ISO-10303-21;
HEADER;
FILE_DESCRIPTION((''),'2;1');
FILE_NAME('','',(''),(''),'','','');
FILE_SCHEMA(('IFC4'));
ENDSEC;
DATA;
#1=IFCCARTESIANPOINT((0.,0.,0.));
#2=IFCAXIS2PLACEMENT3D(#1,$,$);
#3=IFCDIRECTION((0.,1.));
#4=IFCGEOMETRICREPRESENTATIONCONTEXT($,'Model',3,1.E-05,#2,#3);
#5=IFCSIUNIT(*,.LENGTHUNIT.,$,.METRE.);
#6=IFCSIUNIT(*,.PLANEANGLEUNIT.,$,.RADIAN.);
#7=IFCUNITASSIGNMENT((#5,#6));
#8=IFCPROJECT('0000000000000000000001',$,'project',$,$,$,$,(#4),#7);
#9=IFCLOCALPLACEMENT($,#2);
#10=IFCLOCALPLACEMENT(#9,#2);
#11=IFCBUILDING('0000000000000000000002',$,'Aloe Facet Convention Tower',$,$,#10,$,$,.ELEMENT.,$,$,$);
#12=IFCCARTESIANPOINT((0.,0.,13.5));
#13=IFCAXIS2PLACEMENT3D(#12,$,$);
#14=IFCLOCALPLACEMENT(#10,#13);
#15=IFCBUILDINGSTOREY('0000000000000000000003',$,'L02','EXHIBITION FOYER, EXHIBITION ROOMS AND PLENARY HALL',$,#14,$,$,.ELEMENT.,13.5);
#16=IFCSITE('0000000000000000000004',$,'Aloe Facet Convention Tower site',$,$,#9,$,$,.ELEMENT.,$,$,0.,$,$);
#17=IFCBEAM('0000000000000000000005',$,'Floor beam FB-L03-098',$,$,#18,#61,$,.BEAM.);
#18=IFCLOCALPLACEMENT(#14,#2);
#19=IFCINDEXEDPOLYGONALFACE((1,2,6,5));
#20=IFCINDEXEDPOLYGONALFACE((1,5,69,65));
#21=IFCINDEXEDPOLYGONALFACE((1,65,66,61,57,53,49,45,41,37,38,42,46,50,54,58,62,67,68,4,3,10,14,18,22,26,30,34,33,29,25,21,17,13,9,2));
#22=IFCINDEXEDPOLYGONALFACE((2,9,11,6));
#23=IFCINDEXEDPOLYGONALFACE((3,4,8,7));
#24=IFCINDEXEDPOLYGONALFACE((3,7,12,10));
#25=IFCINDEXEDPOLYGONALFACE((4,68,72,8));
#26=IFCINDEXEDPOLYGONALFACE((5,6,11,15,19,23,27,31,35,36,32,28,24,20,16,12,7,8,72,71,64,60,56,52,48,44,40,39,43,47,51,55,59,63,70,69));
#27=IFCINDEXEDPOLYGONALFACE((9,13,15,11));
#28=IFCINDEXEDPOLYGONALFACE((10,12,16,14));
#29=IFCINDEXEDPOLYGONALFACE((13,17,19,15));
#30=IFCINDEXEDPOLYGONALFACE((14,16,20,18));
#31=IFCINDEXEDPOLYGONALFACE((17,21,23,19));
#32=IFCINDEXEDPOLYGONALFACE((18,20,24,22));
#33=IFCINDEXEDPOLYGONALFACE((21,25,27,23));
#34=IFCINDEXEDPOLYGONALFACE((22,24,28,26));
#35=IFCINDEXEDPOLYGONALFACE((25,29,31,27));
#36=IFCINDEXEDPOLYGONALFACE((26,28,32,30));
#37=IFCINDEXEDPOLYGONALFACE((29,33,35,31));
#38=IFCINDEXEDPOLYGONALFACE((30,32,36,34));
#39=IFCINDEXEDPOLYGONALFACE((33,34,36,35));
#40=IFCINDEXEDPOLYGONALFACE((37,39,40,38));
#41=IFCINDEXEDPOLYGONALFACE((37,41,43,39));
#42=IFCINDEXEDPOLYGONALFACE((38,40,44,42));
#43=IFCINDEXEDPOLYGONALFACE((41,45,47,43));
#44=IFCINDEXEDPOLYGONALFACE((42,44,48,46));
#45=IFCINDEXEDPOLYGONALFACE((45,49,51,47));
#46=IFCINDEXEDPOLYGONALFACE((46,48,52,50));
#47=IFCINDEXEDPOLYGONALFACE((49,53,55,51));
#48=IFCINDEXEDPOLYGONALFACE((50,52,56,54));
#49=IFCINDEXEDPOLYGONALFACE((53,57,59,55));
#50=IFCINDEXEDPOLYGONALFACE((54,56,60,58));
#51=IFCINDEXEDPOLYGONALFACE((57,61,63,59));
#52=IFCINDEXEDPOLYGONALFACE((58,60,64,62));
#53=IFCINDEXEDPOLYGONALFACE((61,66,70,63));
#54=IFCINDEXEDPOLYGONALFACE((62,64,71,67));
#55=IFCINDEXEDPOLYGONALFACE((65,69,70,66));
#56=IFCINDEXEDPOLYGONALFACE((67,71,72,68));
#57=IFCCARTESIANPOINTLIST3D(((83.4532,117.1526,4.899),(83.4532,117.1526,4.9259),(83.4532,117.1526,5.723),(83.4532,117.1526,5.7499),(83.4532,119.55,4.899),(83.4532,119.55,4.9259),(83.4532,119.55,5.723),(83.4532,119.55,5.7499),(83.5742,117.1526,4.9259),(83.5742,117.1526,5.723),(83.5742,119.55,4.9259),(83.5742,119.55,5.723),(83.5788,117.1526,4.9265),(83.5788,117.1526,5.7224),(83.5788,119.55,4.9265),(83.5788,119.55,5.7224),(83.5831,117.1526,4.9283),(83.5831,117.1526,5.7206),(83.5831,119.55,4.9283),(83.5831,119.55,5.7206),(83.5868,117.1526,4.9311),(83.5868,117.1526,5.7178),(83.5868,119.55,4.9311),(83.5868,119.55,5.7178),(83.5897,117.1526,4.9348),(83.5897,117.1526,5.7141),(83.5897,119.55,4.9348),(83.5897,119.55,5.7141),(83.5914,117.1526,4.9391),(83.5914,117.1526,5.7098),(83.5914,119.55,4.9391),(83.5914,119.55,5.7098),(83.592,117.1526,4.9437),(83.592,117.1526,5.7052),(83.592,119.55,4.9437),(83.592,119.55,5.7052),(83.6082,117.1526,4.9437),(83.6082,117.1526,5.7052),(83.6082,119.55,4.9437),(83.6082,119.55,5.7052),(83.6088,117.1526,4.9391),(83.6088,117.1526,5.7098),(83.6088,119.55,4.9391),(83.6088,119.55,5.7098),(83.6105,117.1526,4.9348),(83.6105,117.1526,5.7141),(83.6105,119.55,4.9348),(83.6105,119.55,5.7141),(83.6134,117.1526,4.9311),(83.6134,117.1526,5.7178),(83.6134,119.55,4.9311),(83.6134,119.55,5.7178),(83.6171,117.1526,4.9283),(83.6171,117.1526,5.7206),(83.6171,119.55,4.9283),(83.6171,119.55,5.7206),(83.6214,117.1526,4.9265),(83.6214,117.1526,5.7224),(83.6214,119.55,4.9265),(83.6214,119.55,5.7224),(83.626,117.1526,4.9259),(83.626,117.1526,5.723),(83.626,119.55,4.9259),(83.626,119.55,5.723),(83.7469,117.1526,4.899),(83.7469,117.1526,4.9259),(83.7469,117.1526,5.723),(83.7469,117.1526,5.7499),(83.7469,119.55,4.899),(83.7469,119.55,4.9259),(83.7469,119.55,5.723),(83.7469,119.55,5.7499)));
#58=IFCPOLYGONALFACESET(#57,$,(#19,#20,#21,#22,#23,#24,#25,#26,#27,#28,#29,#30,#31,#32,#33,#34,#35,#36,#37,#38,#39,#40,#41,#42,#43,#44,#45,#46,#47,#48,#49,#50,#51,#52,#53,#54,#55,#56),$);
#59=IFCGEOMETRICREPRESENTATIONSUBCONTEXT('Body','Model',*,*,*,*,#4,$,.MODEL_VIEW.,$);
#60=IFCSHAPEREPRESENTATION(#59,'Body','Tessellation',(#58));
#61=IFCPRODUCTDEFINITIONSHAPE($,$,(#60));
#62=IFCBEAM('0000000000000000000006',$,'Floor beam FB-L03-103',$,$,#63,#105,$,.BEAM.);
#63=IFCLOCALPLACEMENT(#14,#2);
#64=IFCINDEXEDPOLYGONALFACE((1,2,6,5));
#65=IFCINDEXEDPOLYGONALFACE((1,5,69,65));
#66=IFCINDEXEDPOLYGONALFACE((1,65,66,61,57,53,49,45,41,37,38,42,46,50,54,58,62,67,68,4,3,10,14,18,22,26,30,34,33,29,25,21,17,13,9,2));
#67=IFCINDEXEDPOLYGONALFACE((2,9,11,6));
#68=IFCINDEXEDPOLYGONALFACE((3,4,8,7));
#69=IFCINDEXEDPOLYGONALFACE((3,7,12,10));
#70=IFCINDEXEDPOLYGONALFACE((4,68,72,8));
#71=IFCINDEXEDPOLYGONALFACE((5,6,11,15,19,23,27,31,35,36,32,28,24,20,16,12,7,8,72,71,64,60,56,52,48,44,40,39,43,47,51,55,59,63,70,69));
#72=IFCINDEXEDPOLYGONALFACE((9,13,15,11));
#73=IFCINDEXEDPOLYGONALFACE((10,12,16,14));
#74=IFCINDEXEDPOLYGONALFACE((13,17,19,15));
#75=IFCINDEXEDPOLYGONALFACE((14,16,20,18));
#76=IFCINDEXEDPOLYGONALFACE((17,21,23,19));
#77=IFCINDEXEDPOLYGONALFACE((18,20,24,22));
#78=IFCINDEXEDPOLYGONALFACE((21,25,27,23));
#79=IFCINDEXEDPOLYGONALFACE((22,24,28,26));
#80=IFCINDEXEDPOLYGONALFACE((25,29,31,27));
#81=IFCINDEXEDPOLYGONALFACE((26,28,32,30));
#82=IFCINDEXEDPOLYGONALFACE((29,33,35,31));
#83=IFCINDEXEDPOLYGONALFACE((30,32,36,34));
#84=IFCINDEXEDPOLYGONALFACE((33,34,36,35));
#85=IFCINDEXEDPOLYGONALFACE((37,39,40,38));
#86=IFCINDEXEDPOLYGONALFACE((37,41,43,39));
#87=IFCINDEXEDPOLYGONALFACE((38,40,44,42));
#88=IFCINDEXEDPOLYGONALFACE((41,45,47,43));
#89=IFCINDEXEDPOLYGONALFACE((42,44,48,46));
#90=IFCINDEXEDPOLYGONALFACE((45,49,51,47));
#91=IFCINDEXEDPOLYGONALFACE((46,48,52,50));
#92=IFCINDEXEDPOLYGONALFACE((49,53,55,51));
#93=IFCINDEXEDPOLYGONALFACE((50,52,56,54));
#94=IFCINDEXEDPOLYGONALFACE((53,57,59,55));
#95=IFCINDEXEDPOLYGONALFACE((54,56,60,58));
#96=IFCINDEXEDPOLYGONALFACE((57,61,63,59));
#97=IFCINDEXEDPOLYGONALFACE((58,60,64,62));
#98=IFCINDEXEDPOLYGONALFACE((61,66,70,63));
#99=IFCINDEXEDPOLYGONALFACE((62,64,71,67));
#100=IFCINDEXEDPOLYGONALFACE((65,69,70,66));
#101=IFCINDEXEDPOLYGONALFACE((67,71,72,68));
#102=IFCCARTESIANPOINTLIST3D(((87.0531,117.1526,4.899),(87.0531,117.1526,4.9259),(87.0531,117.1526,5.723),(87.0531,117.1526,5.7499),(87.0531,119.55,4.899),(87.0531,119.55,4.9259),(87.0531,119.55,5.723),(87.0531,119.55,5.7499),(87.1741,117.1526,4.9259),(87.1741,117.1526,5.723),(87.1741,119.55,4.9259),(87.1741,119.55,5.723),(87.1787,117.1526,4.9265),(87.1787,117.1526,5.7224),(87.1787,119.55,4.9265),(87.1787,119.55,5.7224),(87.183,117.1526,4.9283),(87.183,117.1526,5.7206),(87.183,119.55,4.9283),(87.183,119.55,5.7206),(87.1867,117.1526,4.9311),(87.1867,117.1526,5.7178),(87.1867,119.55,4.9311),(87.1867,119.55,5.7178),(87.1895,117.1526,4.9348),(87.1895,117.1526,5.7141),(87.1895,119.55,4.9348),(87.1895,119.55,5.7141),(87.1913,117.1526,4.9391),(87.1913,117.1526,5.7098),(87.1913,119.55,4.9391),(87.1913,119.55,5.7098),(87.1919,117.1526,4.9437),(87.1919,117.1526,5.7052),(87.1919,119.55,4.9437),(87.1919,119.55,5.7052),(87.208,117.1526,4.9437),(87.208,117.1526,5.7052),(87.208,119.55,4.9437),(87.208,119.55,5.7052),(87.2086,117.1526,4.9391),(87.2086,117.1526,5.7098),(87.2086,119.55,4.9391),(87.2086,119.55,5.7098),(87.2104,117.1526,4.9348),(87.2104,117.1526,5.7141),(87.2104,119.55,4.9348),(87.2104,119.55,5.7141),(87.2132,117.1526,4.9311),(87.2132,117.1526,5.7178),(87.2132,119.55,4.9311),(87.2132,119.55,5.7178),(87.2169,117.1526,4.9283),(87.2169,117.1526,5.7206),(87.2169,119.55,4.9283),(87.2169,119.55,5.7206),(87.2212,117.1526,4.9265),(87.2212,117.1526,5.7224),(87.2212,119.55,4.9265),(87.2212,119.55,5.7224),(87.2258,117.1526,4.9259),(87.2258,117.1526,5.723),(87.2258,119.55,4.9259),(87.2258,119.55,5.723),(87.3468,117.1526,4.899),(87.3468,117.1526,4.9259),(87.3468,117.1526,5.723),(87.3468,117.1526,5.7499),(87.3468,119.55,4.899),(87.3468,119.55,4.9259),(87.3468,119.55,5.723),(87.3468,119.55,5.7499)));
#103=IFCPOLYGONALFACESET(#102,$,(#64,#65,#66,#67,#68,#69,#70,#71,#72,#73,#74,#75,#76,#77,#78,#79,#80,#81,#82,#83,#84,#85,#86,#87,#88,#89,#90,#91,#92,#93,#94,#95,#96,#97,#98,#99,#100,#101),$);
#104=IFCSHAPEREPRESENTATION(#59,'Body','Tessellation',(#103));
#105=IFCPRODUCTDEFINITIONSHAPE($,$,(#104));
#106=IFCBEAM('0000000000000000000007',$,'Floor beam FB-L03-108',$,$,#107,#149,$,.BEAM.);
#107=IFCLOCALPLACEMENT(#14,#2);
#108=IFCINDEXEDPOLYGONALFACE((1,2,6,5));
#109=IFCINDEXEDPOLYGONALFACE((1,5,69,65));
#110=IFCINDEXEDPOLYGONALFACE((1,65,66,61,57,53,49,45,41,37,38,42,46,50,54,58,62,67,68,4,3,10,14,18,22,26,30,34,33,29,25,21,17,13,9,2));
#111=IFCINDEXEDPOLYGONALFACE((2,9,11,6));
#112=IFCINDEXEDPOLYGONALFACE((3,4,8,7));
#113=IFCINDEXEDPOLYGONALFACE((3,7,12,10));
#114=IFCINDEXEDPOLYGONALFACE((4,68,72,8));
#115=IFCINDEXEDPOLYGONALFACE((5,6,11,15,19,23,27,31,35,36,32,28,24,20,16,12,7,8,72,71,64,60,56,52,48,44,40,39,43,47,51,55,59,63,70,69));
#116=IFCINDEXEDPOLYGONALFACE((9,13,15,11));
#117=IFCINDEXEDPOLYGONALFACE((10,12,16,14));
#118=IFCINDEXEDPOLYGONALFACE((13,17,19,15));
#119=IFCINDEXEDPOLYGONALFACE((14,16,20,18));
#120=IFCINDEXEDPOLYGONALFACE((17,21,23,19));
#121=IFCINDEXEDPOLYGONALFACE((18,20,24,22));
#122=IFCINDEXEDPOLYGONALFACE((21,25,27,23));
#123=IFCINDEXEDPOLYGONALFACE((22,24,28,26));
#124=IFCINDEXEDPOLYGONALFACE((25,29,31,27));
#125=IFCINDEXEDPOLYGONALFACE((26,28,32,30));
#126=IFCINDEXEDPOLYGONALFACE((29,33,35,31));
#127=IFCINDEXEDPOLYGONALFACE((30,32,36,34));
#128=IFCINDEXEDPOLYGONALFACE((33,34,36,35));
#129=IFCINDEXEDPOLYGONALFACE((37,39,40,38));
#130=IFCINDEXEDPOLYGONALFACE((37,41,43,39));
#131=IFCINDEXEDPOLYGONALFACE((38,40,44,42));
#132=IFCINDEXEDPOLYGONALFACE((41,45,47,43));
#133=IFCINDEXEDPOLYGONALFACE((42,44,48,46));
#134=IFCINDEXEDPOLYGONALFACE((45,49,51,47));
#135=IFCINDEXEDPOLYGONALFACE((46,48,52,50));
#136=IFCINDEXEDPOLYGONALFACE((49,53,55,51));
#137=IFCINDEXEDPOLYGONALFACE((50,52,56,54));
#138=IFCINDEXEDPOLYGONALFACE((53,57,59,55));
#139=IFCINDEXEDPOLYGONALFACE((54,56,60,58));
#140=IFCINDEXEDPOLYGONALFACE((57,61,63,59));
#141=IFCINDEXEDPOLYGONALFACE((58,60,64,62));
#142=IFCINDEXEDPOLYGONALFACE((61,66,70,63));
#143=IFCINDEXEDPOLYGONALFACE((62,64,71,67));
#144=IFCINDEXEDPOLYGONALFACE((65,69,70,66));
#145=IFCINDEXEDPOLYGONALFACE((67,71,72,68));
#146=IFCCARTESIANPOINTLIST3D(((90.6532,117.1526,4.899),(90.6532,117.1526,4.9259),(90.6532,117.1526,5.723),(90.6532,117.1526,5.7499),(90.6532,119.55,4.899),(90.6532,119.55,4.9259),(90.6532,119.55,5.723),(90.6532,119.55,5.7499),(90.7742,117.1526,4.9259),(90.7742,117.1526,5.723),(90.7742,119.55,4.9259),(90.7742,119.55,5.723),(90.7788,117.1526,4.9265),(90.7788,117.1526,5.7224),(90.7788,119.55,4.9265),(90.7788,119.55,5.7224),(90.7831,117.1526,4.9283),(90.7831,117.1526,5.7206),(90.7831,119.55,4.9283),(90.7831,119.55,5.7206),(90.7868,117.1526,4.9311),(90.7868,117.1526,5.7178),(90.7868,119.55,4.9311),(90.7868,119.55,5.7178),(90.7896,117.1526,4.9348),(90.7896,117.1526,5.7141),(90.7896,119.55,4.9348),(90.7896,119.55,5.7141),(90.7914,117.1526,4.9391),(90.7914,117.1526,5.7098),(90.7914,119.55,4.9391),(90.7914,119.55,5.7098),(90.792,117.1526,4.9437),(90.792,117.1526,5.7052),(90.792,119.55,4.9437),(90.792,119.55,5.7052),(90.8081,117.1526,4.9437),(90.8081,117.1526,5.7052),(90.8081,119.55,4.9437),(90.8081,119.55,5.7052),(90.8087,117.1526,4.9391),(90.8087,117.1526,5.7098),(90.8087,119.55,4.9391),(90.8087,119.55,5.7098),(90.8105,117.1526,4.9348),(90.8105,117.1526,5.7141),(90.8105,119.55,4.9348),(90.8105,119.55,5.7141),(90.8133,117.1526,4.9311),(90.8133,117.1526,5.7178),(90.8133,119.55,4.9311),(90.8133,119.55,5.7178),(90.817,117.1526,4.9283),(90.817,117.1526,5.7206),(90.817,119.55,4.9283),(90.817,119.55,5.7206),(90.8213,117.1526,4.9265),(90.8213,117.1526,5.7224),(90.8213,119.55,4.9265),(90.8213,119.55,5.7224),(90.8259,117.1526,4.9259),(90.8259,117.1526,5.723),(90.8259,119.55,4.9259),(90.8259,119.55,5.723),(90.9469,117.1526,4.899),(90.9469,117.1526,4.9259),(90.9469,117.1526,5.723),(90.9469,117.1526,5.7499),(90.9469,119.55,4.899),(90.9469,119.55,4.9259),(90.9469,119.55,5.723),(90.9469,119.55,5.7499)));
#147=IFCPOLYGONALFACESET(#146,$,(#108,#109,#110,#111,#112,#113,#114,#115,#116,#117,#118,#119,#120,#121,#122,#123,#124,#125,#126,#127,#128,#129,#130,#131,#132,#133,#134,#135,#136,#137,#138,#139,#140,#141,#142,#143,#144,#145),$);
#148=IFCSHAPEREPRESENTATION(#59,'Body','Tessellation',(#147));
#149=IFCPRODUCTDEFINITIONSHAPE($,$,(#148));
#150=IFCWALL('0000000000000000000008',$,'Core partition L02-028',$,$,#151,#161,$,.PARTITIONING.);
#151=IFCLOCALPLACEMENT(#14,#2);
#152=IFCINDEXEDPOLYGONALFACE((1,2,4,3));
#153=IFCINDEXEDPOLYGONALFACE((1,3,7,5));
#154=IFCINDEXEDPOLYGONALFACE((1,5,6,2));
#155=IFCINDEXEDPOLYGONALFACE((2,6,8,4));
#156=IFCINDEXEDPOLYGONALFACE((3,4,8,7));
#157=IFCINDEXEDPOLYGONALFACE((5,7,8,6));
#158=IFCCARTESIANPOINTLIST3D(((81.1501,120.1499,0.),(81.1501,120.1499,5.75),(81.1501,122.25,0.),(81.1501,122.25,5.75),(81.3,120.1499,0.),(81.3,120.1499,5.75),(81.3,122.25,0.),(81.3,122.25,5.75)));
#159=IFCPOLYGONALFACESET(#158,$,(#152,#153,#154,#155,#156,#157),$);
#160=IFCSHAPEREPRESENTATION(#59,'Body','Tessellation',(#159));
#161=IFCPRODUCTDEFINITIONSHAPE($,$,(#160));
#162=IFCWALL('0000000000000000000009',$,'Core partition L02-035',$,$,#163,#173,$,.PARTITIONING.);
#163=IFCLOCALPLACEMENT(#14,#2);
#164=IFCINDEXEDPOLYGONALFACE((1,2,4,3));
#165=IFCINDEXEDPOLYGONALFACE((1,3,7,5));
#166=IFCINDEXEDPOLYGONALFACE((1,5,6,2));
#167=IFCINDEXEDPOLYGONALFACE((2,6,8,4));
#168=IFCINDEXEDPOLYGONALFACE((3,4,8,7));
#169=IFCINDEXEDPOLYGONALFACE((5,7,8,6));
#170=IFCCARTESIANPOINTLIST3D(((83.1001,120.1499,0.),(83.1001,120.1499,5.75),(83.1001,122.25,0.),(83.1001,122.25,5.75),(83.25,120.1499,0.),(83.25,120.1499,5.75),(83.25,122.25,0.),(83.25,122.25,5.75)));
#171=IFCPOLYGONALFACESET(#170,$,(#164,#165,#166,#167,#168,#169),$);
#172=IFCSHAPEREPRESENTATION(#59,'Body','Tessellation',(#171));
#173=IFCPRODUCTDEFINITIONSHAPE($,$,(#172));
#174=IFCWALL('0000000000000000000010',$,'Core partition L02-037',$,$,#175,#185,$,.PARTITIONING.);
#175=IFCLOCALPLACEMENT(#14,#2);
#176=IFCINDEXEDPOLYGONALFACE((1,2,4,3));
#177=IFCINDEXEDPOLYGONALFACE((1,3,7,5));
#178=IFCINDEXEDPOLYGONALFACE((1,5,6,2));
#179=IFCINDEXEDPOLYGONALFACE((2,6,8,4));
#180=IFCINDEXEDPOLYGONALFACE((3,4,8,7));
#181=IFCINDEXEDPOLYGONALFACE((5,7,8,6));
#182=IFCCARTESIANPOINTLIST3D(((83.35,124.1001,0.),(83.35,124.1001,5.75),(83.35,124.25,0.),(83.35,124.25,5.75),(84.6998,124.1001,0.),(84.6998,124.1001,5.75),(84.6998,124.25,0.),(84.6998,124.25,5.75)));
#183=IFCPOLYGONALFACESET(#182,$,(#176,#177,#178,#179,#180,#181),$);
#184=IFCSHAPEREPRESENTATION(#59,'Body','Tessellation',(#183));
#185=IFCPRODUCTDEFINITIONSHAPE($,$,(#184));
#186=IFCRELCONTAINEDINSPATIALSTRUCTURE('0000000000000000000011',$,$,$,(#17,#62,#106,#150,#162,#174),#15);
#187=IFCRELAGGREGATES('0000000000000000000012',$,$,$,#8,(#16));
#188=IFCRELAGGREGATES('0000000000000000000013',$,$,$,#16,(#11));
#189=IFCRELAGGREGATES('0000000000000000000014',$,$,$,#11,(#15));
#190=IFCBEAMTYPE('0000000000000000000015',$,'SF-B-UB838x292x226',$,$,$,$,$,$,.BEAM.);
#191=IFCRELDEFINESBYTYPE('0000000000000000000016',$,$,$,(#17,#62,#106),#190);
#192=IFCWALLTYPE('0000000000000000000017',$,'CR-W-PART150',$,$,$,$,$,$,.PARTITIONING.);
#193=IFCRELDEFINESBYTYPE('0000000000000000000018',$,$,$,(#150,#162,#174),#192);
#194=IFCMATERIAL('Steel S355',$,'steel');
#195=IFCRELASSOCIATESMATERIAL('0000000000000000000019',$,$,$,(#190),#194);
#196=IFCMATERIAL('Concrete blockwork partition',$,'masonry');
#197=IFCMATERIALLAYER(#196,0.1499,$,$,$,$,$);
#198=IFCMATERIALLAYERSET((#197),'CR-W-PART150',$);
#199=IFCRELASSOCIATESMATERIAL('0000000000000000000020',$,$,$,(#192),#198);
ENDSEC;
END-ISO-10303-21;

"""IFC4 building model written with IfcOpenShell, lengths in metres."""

from ifc_helpers import new_model, si_unit, direction, frame, frame_2d, origin, origin_2d, place, context, subcontext, project, spatial, rectangle, i_section, extrude, material, layer, layer_set, material_profile, profile_set, type_object, element, save


model = new_model("IFC4")

# Units and contexts
model_context = context("Model", 3, precision=1e-05, world=origin(), true_north=direction((0.0, 1.0)))
body_context = subcontext(model_context, "Body", "Model", "MODEL_VIEW")
ifc_project = project(units=[si_unit("LENGTHUNIT", "METRE"), si_unit("PLANEANGLEUNIT", "RADIAN")], contexts=[model_context])

# Site, building, storey
site_placement = place(None, origin())
site = spatial("IfcSite", under=ifc_project, at=site_placement, Name="Aloe Facet Convention Tower site", CompositionType="ELEMENT", RefElevation=0.0)
building_placement = place(site_placement, origin())
building = spatial("IfcBuilding", under=site, at=building_placement, Name="Aloe Facet Convention Tower", CompositionType="ELEMENT")
storey_placement = place(building_placement, frame((0.0, 0.0, 13.5)))
storey = spatial("IfcBuildingStorey", under=building, at=storey_placement, Name="L02", Description="EXHIBITION FOYER, EXHIBITION ROOMS AND PLENARY HALL", CompositionType="ELEMENT", Elevation=13.5)

# Beams
ifc_material_1 = material(Name="Steel S355", Category="steel")
ifc_material_profile_1 = material_profile(ifc_material_1, i_section(OverallWidth=0.2937, OverallDepth=0.8508, WebThickness=0.0161, FlangeThickness=0.0269, FilletRadius=0.0178, at=origin_2d()), Name="UB 838x292x226")
ifc_profile_set_1 = profile_set([ifc_material_profile_1], Name="Steel S355")
beam_type_1 = type_object("IfcBeamType", Name="SF-B-UB838x292x226", PredefinedType="BEAM", material=ifc_profile_set_1)
for number, where, z_axis, x_axis, name in (
    (1, (83.6001, 117.1526, 5.3245), (0.0, 1.0, 0.0), (-1.0, 0.0, 0.0), "Floor beam FB-L03-098"),
    (2, (87.2, 117.1526, 5.3245), (0.0, 1.0, 0.0), (-1.0, 0.0, 0.0), "Floor beam FB-L03-103"),
    (3, (90.8, 117.1526, 5.3245), (0.0, 1.0, 0.0), (-1.0, 0.0, 0.0), "Floor beam FB-L03-108"),
):
    element("IfcBeam", number, at=place(storey_placement, frame(where, z_axis=z_axis, x_axis=x_axis)), inside=storey, type_object=beam_type_1, Name=name, PredefinedType="BEAM", context=body_context, shape_type="SweptSolid", body=[
        extrude(i_section(OverallWidth=0.2937, OverallDepth=0.8508, WebThickness=0.0161, FlangeThickness=0.0269, FilletRadius=0.0178, at=origin_2d()), origin(), (0.0, 0.0, 1.0), 2.3975),
    ])

# Walls
ifc_material_2 = material(Name="Concrete blockwork partition", Category="masonry")
ifc_layer_1 = layer(ifc_material_2, 0.1499)
ifc_layer_set_1 = layer_set([ifc_layer_1], Name="CR-W-PART150")
wall_type_1 = type_object("IfcWallType", Name="CR-W-PART150", PredefinedType="PARTITIONING", material=ifc_layer_set_1)
for number, where, z_axis, x_axis, name in (
    (4, (81.2251, 122.25, 0.0), (0.0, 0.0, 1.0), (0.0, -1.0, 0.0), "Core partition L02-028"),
    (5, (83.175, 122.25, 0.0), (0.0, 0.0, 1.0), (0.0, -1.0, 0.0), "Core partition L02-035"),
):
    element("IfcWall", number, at=place(storey_placement, frame(where, z_axis=z_axis, x_axis=x_axis)), inside=storey, type_object=wall_type_1, Name=name, PredefinedType="PARTITIONING", context=body_context, shape_type="SweptSolid", body=[
        extrude(rectangle(XDim=2.1001, YDim=0.1499, at=frame_2d((1.05, 0.0))), origin(), (0.0, 0.0, 1.0), 5.75),
    ])
wall_1_placement = place(storey_placement, frame((83.3501, 124.175, 0.0), z_axis=(0.0, 0.0, 1.0), x_axis=(1.0, 0.0, 0.0)))
element("IfcWall", 6, at=wall_1_placement, inside=storey, type_object=wall_type_1, Name="Core partition L02-037", PredefinedType="PARTITIONING", context=body_context, shape_type="SweptSolid", body=[
    extrude(rectangle(XDim=1.3499, YDim=0.1499, at=frame_2d((0.6748, 0.0))), origin(), (0.0, 0.0, 1.0), 5.75),
])

save(model, "model.ifc")
